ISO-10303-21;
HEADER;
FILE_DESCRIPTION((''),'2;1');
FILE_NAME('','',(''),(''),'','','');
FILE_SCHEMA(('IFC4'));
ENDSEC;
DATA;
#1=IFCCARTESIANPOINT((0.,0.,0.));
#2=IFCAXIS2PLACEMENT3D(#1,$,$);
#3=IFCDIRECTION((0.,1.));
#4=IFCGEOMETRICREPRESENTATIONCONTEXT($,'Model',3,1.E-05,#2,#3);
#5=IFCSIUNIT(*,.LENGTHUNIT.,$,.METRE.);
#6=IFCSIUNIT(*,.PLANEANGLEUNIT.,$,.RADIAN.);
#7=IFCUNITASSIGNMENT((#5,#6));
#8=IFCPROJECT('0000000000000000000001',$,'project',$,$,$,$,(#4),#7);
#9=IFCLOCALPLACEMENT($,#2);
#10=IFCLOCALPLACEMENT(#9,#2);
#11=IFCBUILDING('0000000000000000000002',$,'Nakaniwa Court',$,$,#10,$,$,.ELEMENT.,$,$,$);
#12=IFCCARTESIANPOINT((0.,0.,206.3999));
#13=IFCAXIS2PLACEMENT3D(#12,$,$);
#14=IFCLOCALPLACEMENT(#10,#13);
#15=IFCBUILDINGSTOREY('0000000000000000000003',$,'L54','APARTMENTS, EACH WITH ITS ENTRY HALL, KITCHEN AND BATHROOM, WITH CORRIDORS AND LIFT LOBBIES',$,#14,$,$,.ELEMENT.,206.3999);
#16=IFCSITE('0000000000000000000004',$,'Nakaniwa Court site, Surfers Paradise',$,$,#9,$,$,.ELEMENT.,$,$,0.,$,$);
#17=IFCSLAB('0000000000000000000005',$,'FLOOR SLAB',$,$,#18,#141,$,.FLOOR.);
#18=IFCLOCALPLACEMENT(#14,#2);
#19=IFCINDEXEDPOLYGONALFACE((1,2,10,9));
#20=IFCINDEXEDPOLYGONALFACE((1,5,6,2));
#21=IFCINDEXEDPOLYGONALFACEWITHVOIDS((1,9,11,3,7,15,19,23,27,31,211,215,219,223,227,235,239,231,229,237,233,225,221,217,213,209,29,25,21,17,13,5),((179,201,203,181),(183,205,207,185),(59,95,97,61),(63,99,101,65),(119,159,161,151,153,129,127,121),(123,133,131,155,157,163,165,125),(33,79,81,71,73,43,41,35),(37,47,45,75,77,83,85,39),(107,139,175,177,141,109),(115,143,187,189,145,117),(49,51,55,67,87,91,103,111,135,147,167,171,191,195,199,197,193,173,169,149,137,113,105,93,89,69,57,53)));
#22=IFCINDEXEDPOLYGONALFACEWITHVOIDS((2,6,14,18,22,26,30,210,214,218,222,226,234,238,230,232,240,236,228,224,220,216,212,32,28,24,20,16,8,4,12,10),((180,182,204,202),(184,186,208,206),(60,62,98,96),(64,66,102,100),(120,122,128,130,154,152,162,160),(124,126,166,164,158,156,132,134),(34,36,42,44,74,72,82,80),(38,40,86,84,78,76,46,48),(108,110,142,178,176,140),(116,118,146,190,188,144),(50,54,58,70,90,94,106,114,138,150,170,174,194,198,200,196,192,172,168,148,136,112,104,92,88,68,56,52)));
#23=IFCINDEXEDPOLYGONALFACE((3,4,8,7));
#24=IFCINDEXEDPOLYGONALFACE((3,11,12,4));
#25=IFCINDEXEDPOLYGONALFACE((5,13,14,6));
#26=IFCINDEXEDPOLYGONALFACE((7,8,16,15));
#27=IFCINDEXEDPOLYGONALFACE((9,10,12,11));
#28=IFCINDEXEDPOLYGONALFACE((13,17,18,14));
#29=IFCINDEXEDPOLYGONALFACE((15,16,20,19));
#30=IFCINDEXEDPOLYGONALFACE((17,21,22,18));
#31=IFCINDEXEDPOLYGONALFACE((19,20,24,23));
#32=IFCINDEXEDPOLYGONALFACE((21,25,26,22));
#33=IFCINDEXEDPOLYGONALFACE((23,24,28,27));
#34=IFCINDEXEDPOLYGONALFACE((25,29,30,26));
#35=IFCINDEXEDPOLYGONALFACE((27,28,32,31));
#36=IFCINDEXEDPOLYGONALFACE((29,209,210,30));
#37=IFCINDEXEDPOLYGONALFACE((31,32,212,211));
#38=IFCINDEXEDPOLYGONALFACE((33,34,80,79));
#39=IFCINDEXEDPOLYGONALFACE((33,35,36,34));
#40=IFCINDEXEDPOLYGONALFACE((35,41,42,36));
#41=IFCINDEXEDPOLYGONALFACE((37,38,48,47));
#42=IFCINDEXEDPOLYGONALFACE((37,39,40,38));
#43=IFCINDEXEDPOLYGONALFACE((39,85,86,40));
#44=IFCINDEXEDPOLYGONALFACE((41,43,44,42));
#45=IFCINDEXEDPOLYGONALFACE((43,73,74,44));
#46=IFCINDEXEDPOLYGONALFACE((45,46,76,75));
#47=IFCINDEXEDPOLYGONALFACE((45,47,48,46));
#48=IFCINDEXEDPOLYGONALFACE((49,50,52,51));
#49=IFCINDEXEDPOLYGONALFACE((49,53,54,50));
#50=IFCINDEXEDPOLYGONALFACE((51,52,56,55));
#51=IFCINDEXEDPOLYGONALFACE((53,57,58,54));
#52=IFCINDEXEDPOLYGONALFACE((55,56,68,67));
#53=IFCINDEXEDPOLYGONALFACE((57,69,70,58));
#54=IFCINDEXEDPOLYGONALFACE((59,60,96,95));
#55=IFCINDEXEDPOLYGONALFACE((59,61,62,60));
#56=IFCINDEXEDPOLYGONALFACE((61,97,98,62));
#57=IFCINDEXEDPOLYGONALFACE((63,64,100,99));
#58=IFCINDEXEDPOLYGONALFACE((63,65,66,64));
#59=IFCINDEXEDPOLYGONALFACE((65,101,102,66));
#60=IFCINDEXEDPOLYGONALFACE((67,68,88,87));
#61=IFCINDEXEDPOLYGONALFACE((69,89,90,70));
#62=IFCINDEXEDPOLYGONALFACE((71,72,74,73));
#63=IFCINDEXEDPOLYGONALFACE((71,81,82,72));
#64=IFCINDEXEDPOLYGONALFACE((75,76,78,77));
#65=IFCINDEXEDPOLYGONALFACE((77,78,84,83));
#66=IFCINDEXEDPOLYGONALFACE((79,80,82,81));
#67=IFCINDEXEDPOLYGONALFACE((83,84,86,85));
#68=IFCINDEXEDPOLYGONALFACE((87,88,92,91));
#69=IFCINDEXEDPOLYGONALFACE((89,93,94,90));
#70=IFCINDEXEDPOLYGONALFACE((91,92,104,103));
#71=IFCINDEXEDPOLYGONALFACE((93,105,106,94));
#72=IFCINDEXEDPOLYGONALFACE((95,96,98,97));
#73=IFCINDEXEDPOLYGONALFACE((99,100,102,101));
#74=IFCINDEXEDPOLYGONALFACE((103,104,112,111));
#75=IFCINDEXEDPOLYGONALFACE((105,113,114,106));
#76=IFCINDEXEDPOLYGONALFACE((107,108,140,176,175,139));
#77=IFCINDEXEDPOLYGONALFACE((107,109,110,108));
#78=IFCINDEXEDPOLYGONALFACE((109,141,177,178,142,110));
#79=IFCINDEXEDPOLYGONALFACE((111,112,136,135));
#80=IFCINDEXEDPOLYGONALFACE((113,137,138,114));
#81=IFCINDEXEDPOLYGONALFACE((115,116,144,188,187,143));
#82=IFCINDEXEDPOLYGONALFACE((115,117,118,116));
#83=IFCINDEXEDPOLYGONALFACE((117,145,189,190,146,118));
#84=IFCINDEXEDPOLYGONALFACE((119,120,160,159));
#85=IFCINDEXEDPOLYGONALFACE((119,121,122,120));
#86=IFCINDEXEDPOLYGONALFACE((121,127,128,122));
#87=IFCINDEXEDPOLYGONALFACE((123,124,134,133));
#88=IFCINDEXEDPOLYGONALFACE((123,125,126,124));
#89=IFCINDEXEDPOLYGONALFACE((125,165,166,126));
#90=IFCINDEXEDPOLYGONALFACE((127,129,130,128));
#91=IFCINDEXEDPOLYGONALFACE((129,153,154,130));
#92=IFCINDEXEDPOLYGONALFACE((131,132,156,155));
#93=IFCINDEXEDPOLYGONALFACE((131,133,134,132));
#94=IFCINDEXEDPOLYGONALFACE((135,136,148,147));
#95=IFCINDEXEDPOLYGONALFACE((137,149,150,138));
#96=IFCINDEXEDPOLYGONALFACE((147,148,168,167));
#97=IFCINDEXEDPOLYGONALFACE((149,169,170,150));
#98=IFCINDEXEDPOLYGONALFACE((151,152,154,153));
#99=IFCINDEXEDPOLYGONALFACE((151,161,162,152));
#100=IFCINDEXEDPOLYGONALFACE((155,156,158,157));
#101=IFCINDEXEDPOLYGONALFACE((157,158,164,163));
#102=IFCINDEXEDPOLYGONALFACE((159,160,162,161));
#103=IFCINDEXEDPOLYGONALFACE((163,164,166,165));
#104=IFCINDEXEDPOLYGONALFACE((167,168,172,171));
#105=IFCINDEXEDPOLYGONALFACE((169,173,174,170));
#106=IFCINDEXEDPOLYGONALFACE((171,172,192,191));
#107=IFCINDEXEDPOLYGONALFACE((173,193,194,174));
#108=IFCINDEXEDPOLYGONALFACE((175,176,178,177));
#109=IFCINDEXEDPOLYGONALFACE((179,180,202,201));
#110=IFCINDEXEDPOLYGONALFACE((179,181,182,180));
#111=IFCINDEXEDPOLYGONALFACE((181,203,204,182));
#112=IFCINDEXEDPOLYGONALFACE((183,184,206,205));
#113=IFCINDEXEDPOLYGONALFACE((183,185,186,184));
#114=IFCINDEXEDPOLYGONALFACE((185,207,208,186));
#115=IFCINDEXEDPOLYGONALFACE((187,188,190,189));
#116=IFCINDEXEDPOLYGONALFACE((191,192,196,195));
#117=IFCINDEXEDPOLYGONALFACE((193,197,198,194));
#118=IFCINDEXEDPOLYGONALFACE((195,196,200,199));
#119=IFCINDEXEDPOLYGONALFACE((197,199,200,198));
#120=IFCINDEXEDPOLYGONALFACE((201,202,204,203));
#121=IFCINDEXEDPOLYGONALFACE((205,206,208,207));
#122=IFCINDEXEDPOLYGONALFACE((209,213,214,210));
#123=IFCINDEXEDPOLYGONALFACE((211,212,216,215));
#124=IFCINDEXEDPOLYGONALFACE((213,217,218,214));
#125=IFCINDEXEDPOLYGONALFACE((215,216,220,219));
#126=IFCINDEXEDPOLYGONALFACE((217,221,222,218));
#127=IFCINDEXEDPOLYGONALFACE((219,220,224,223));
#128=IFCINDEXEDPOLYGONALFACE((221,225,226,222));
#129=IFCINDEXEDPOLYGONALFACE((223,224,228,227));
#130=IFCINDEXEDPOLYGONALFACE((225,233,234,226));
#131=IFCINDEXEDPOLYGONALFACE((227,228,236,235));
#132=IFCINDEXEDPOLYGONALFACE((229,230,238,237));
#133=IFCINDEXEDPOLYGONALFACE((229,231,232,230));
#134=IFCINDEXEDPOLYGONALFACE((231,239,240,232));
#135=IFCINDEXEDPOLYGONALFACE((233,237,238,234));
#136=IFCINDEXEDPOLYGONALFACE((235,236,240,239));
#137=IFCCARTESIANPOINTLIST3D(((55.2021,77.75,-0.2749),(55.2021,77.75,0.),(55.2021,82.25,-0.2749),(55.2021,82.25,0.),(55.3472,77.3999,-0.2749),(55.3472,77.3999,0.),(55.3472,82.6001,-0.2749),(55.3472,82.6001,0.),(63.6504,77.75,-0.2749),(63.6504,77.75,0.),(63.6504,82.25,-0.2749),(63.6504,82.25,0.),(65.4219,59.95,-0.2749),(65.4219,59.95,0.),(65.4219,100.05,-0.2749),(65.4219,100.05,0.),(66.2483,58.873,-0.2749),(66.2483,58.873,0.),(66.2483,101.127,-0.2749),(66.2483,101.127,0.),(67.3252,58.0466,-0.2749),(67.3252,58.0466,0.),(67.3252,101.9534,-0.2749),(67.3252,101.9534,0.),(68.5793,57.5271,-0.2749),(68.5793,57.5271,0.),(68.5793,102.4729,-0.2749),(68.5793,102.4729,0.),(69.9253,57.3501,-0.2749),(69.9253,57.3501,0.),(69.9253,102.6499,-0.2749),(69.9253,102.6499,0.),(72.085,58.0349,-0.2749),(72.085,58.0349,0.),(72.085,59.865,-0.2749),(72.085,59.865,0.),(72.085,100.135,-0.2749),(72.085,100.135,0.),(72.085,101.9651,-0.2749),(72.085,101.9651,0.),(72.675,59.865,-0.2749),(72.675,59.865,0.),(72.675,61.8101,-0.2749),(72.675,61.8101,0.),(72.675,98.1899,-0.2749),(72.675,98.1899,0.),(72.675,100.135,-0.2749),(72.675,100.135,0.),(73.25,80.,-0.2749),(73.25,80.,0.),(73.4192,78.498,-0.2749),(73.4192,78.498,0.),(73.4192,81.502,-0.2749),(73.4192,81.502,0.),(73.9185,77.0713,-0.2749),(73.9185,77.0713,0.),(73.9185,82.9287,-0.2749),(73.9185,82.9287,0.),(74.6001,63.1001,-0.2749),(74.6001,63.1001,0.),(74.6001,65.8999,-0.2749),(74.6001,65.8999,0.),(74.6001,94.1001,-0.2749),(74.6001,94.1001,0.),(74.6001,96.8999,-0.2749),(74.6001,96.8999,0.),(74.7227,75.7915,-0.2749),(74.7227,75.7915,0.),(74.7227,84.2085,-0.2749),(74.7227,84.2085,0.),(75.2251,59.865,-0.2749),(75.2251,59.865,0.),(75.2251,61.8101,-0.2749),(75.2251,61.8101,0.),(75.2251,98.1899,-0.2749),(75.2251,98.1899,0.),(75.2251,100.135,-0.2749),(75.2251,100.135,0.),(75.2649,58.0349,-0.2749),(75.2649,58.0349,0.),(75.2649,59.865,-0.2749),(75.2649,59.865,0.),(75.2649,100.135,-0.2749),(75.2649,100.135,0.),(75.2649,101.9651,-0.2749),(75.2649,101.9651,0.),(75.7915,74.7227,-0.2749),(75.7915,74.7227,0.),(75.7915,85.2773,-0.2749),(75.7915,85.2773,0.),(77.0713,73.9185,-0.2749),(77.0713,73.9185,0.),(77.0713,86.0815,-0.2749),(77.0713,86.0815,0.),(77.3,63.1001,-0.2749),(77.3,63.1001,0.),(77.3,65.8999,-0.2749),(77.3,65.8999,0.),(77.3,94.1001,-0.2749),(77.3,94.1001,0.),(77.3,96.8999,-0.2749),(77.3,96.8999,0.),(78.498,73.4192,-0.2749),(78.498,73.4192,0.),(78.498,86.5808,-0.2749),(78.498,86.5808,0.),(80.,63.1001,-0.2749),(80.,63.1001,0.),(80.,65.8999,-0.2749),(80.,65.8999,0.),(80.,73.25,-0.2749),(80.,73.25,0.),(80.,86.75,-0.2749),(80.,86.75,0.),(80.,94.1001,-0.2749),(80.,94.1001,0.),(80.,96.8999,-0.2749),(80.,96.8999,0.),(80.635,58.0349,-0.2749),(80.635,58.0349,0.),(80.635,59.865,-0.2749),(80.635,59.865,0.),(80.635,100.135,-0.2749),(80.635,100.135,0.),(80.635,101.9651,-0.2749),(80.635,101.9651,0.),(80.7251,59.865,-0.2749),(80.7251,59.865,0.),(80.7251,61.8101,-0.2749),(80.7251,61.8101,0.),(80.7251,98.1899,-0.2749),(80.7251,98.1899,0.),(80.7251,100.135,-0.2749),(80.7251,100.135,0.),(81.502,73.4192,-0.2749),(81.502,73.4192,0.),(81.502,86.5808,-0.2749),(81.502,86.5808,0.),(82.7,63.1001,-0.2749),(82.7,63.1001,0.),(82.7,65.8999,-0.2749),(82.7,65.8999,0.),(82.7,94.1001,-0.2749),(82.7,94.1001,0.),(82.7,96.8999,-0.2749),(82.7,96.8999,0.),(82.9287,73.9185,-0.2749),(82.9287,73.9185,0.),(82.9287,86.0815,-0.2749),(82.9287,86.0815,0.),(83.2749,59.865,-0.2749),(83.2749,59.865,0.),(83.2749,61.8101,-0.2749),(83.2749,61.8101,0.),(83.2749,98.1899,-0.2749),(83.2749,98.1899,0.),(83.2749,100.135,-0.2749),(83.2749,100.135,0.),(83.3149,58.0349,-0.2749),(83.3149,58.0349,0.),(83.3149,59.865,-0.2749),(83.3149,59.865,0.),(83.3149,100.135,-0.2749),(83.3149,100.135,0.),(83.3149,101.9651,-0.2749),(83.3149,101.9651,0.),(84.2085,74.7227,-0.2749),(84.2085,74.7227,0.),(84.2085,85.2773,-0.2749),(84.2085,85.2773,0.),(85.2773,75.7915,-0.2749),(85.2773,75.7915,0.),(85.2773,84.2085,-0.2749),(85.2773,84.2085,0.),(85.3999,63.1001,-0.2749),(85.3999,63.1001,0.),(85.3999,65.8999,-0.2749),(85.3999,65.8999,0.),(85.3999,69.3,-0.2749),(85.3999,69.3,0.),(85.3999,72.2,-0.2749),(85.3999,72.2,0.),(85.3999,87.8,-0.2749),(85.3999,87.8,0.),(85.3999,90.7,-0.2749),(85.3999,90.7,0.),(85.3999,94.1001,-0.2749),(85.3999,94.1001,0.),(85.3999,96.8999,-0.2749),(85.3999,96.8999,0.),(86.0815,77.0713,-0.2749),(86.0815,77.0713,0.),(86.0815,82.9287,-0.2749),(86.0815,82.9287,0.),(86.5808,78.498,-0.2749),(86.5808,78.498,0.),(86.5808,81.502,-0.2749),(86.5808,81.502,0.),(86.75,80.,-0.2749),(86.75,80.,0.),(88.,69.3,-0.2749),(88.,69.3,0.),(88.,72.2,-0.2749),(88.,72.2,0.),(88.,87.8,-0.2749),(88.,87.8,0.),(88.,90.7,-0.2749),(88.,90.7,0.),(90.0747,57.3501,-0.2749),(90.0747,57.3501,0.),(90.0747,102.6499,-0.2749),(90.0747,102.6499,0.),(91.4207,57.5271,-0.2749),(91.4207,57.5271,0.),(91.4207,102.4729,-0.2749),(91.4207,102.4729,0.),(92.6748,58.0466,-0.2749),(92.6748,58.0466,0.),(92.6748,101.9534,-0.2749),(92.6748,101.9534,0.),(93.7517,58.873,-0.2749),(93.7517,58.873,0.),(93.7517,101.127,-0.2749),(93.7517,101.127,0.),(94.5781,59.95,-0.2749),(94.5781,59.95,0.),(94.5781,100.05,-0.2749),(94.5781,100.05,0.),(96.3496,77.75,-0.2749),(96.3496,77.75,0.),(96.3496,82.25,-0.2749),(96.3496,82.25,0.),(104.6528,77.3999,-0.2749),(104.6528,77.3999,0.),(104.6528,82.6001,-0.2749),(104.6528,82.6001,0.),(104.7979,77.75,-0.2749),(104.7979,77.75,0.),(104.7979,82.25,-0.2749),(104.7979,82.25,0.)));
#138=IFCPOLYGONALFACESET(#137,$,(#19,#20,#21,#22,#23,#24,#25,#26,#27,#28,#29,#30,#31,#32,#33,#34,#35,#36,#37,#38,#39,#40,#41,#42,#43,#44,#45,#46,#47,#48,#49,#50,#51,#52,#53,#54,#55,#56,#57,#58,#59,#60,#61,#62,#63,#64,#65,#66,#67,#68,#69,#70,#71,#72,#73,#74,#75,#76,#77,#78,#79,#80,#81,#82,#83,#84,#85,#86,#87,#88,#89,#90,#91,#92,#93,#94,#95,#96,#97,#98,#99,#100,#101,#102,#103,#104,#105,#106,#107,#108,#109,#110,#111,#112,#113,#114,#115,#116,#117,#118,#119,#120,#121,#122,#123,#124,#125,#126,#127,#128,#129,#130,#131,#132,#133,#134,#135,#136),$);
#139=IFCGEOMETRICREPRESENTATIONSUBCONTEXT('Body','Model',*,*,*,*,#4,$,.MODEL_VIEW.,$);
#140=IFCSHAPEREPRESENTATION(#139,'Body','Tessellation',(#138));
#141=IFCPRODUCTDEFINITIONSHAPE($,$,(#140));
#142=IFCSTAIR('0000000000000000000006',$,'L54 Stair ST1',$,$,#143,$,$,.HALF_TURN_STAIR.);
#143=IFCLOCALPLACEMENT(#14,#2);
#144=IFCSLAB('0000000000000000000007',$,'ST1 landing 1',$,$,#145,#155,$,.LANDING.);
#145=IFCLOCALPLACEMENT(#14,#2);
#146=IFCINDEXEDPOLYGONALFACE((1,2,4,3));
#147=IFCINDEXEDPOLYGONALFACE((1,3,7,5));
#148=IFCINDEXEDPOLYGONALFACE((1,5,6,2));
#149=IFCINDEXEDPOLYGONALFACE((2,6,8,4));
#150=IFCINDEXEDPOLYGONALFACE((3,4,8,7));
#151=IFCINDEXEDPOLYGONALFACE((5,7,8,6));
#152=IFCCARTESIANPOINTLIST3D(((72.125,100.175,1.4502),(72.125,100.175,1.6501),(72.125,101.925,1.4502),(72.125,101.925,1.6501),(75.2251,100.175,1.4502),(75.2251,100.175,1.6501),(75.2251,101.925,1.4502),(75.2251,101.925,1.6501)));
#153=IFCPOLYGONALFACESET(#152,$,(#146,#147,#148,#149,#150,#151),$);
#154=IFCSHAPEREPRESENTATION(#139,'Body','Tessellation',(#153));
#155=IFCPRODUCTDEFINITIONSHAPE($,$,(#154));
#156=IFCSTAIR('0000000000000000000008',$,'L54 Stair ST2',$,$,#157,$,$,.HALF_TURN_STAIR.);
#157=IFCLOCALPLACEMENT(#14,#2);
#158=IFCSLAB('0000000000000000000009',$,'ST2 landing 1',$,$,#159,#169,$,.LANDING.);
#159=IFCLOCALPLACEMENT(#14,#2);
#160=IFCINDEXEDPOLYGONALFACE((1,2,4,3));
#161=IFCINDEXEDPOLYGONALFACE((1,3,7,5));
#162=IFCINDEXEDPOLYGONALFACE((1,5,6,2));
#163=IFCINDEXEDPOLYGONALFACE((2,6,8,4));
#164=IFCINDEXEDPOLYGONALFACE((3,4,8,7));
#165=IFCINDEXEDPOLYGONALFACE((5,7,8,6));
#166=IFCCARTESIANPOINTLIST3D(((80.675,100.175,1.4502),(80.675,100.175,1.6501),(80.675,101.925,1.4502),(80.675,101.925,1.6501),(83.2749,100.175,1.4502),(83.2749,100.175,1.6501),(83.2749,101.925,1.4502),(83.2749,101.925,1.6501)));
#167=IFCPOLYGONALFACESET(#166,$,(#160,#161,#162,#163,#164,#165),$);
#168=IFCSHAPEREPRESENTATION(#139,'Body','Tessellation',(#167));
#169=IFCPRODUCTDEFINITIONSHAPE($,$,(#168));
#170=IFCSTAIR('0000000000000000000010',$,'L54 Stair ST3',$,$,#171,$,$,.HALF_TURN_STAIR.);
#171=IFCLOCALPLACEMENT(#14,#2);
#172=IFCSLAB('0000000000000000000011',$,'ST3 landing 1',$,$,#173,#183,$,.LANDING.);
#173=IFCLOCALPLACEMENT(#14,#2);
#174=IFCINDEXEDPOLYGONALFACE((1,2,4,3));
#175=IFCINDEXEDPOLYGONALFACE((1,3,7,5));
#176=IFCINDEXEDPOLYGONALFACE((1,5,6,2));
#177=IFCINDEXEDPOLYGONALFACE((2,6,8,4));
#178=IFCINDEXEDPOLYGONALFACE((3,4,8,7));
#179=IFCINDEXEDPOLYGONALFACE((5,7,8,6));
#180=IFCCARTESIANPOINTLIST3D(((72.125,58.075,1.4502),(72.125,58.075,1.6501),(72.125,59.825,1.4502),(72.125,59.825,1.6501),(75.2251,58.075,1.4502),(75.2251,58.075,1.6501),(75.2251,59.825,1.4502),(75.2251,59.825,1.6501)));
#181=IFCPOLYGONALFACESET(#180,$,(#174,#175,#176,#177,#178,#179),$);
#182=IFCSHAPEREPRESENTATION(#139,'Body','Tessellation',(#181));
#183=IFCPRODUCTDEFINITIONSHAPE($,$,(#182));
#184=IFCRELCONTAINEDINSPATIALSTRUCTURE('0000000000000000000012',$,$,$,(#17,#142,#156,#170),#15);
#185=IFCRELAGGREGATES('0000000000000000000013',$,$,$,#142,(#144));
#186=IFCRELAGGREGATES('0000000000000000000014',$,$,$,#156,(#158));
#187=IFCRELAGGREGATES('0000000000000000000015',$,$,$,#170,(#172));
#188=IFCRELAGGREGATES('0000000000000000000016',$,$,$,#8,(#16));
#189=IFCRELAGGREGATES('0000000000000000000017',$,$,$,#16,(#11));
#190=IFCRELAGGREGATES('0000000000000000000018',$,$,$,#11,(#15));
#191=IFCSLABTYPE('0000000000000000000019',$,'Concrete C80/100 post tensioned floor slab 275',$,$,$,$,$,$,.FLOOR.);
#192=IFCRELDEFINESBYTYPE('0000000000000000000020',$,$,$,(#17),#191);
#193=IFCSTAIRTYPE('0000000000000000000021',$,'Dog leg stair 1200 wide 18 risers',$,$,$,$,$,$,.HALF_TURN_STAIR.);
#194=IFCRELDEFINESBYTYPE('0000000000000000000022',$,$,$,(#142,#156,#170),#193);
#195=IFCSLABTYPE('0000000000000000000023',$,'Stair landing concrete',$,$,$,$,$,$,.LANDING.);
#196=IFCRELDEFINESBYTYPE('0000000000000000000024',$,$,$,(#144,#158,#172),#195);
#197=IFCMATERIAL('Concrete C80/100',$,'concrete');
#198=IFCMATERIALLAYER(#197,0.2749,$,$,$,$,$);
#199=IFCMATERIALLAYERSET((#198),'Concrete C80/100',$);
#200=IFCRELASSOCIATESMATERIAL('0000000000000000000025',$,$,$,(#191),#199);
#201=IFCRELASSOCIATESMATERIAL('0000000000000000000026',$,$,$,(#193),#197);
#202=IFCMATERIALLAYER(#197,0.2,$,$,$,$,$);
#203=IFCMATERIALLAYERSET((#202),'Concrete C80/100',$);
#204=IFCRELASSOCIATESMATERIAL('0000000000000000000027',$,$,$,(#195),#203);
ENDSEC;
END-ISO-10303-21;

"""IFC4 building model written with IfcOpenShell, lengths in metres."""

from ifc_helpers import new_model, si_unit, direction, frame, origin, place, context, subcontext, project, spatial, polyline, outline, extrude, material, layer, layer_set, type_object, element, aggregate, save


model = new_model("IFC4")

# Units and contexts
model_context = context("Model", 3, precision=1e-05, world=origin(), true_north=direction((0.0, 1.0)))
body_context = subcontext(model_context, "Body", "Model", "MODEL_VIEW")
ifc_project = project(units=[si_unit("LENGTHUNIT", "METRE"), si_unit("PLANEANGLEUNIT", "RADIAN")], contexts=[model_context])

# Site, building, storey
site_placement = place(None, origin())
site = spatial("IfcSite", under=ifc_project, at=site_placement, Name="Nakaniwa Court site, Surfers Paradise", CompositionType="ELEMENT", RefElevation=0.0)
building_placement = place(site_placement, origin())
building = spatial("IfcBuilding", under=site, at=building_placement, Name="Nakaniwa Court", CompositionType="ELEMENT")
storey_placement = place(building_placement, frame((0.0, 0.0, 206.3999)))
storey = spatial("IfcBuildingStorey", under=building, at=storey_placement, Name="L54", Description="APARTMENTS, EACH WITH ITS ENTRY HALL, KITCHEN AND BATHROOM, WITH CORRIDORS AND LIFT LOBBIES", CompositionType="ELEMENT", Elevation=206.3999)

# Shared definitions
ifc_material_1 = material(Name="Concrete C80/100", Category="concrete")

# Slab
ifc_layer_1 = layer(ifc_material_1, 0.2749)
ifc_layer_set_1 = layer_set([ifc_layer_1], Name="Concrete C80/100")
slab_type_1 = type_object("IfcSlabType", Name="Concrete C80/100 post tensioned floor slab 275", PredefinedType="FLOOR", material=ifc_layer_set_1)
slab_1_placement = place(storey_placement, frame((0.0, 0.0, -0.2749)))
element("IfcSlab", 1, at=slab_1_placement, inside=storey, type_object=slab_type_1, Name="FLOOR SLAB", PredefinedType="FLOOR", context=body_context, shape_type="SweptSolid", body=[
    extrude(outline(polyline([(96.3496, 82.25), (104.7979, 82.25), (104.6528, 82.6001), (94.5781, 100.05), (93.7517, 101.127), (92.6748, 101.9534), (91.4207, 102.4729), (90.0747, 102.6499), (69.9253, 102.6499), (68.5793, 102.4729), (67.3252, 101.9534), (66.2483, 101.127), (65.4219, 100.05), (55.3472, 82.6001), (55.2021, 82.25), (63.6504, 82.25), (63.6504, 77.75), (55.2021, 77.75), (55.3472, 77.3999), (65.4219, 59.95), (66.2483, 58.873), (67.3252, 58.0466), (68.5793, 57.5271), (69.9253, 57.3501), (90.0747, 57.3501), (91.4207, 57.5271), (92.6748, 58.0466), (93.7517, 58.873), (94.5781, 59.95), (104.6528, 77.3999), (104.7979, 77.75), (96.3496, 77.75), (96.3496, 82.25)]), holes=[polyline([(81.502, 86.5808), (80.0, 86.75), (78.498, 86.5808), (77.0713, 86.0815), (75.7915, 85.2773), (74.7227, 84.2085), (73.9185, 82.9287), (73.4192, 81.502), (73.25, 80.0), (73.4192, 78.498), (73.9185, 77.0713), (74.7227, 75.7915), (75.7915, 74.7227), (77.0713, 73.9185), (78.498, 73.4192), (80.0, 73.25), (81.502, 73.4192), (82.9287, 73.9185), (84.2085, 74.7227), (85.2773, 75.7915), (86.0815, 77.0713), (86.5808, 78.498), (86.75, 80.0), (86.5808, 81.502), (86.0815, 82.9287), (85.2773, 84.2085), (84.2085, 85.2773), (82.9287, 86.0815), (81.502, 86.5808)]), polyline([(72.675, 61.8101), (72.675, 59.865), (72.085, 59.865), (72.085, 58.0349), (75.2649, 58.0349), (75.2649, 59.865), (75.2251, 59.865), (75.2251, 61.8101), (72.675, 61.8101)]), polyline([(77.3, 65.8999), (74.6001, 65.8999), (74.6001, 63.1001), (77.3, 63.1001), (77.3, 65.8999)]), polyline([(80.0, 65.8999), (80.0, 63.1001), (82.7, 63.1001), (85.3999, 63.1001), (85.3999, 65.8999), (82.7, 65.8999), (80.0, 65.8999)]), polyline([(77.3, 96.8999), (74.6001, 96.8999), (74.6001, 94.1001), (77.3, 94.1001), (77.3, 96.8999)]), polyline([(80.0, 96.8999), (80.0, 94.1001), (82.7, 94.1001), (85.3999, 94.1001), (85.3999, 96.8999), (82.7, 96.8999), (80.0, 96.8999)]), polyline([(75.2649, 100.135), (75.2649, 101.9651), (72.085, 101.9651), (72.085, 100.135), (72.675, 100.135), (72.675, 98.1899), (75.2251, 98.1899), (75.2251, 100.135), (75.2649, 100.135)]), polyline([(83.2749, 61.8101), (80.7251, 61.8101), (80.7251, 59.865), (80.635, 59.865), (80.635, 58.0349), (83.3149, 58.0349), (83.3149, 59.865), (83.2749, 59.865), (83.2749, 61.8101)]), polyline([(88.0, 72.2), (85.3999, 72.2), (85.3999, 69.3), (88.0, 69.3), (88.0, 72.2)]), polyline([(88.0, 90.7), (85.3999, 90.7), (85.3999, 87.8), (88.0, 87.8), (88.0, 90.7)]), polyline([(83.3149, 100.135), (83.3149, 101.9651), (80.635, 101.9651), (80.635, 100.135), (80.7251, 100.135), (80.7251, 98.1899), (83.2749, 98.1899), (83.2749, 100.135), (83.3149, 100.135)])]), origin(), (0.0, 0.0, 1.0), 0.2749),
])

# Stairs, slabs
stair_type = type_object("IfcStairType", Name="Dog leg stair 1200 wide 18 risers", PredefinedType="HALF_TURN_STAIR", material=ifc_material_1)
stair_1_placement = place(storey_placement, origin())
stair_1 = element("IfcStair", 2, at=stair_1_placement, inside=storey, type_object=stair_type, Name="L54 Stair ST1", PredefinedType="HALF_TURN_STAIR")
ifc_layer_2 = layer(ifc_material_1, 0.2)
ifc_layer_set_2 = layer_set([ifc_layer_2], Name="Concrete C80/100")
slab_type_2 = type_object("IfcSlabType", Name="Stair landing concrete", PredefinedType="LANDING", material=ifc_layer_set_2)
slab_2_placement = place(storey_placement, frame((0.0, 0.0, 1.4502)))
slab_2 = element("IfcSlab", 3, at=slab_2_placement, type_object=slab_type_2, Name="ST1 landing 1", PredefinedType="LANDING", context=body_context, shape_type="SweptSolid", body=[
    extrude(outline(polyline([(75.2251, 100.175), (75.2251, 101.925), (72.125, 101.925), (72.125, 100.175), (75.2251, 100.175)])), origin(), (0.0, 0.0, 1.0), 0.2),
])
aggregate(stair_1, [slab_2])
stair_2_placement = place(storey_placement, origin())
stair_2 = element("IfcStair", 4, at=stair_2_placement, inside=storey, type_object=stair_type, Name="L54 Stair ST2", PredefinedType="HALF_TURN_STAIR")
slab_3_placement = place(storey_placement, frame((0.0, 0.0, 1.4502)))
slab_3 = element("IfcSlab", 5, at=slab_3_placement, type_object=slab_type_2, Name="ST2 landing 1", PredefinedType="LANDING", context=body_context, shape_type="SweptSolid", body=[
    extrude(outline(polyline([(83.2749, 100.175), (83.2749, 101.925), (80.675, 101.925), (80.675, 100.175), (83.2749, 100.175)])), origin(), (0.0, 0.0, 1.0), 0.2),
])
aggregate(stair_2, [slab_3])
stair_3_placement = place(storey_placement, origin())
stair_3 = element("IfcStair", 6, at=stair_3_placement, inside=storey, type_object=stair_type, Name="L54 Stair ST3", PredefinedType="HALF_TURN_STAIR")
slab_4_placement = place(storey_placement, frame((0.0, 0.0, 1.4502)))
slab_4 = element("IfcSlab", 7, at=slab_4_placement, type_object=slab_type_2, Name="ST3 landing 1", PredefinedType="LANDING", context=body_context, shape_type="SweptSolid", body=[
    extrude(outline(polyline([(75.2251, 58.075), (75.2251, 59.825), (72.125, 59.825), (72.125, 58.075), (75.2251, 58.075)])), origin(), (0.0, 0.0, 1.0), 0.2),
])
aggregate(stair_3, [slab_4])

save(model, "model.ifc")
